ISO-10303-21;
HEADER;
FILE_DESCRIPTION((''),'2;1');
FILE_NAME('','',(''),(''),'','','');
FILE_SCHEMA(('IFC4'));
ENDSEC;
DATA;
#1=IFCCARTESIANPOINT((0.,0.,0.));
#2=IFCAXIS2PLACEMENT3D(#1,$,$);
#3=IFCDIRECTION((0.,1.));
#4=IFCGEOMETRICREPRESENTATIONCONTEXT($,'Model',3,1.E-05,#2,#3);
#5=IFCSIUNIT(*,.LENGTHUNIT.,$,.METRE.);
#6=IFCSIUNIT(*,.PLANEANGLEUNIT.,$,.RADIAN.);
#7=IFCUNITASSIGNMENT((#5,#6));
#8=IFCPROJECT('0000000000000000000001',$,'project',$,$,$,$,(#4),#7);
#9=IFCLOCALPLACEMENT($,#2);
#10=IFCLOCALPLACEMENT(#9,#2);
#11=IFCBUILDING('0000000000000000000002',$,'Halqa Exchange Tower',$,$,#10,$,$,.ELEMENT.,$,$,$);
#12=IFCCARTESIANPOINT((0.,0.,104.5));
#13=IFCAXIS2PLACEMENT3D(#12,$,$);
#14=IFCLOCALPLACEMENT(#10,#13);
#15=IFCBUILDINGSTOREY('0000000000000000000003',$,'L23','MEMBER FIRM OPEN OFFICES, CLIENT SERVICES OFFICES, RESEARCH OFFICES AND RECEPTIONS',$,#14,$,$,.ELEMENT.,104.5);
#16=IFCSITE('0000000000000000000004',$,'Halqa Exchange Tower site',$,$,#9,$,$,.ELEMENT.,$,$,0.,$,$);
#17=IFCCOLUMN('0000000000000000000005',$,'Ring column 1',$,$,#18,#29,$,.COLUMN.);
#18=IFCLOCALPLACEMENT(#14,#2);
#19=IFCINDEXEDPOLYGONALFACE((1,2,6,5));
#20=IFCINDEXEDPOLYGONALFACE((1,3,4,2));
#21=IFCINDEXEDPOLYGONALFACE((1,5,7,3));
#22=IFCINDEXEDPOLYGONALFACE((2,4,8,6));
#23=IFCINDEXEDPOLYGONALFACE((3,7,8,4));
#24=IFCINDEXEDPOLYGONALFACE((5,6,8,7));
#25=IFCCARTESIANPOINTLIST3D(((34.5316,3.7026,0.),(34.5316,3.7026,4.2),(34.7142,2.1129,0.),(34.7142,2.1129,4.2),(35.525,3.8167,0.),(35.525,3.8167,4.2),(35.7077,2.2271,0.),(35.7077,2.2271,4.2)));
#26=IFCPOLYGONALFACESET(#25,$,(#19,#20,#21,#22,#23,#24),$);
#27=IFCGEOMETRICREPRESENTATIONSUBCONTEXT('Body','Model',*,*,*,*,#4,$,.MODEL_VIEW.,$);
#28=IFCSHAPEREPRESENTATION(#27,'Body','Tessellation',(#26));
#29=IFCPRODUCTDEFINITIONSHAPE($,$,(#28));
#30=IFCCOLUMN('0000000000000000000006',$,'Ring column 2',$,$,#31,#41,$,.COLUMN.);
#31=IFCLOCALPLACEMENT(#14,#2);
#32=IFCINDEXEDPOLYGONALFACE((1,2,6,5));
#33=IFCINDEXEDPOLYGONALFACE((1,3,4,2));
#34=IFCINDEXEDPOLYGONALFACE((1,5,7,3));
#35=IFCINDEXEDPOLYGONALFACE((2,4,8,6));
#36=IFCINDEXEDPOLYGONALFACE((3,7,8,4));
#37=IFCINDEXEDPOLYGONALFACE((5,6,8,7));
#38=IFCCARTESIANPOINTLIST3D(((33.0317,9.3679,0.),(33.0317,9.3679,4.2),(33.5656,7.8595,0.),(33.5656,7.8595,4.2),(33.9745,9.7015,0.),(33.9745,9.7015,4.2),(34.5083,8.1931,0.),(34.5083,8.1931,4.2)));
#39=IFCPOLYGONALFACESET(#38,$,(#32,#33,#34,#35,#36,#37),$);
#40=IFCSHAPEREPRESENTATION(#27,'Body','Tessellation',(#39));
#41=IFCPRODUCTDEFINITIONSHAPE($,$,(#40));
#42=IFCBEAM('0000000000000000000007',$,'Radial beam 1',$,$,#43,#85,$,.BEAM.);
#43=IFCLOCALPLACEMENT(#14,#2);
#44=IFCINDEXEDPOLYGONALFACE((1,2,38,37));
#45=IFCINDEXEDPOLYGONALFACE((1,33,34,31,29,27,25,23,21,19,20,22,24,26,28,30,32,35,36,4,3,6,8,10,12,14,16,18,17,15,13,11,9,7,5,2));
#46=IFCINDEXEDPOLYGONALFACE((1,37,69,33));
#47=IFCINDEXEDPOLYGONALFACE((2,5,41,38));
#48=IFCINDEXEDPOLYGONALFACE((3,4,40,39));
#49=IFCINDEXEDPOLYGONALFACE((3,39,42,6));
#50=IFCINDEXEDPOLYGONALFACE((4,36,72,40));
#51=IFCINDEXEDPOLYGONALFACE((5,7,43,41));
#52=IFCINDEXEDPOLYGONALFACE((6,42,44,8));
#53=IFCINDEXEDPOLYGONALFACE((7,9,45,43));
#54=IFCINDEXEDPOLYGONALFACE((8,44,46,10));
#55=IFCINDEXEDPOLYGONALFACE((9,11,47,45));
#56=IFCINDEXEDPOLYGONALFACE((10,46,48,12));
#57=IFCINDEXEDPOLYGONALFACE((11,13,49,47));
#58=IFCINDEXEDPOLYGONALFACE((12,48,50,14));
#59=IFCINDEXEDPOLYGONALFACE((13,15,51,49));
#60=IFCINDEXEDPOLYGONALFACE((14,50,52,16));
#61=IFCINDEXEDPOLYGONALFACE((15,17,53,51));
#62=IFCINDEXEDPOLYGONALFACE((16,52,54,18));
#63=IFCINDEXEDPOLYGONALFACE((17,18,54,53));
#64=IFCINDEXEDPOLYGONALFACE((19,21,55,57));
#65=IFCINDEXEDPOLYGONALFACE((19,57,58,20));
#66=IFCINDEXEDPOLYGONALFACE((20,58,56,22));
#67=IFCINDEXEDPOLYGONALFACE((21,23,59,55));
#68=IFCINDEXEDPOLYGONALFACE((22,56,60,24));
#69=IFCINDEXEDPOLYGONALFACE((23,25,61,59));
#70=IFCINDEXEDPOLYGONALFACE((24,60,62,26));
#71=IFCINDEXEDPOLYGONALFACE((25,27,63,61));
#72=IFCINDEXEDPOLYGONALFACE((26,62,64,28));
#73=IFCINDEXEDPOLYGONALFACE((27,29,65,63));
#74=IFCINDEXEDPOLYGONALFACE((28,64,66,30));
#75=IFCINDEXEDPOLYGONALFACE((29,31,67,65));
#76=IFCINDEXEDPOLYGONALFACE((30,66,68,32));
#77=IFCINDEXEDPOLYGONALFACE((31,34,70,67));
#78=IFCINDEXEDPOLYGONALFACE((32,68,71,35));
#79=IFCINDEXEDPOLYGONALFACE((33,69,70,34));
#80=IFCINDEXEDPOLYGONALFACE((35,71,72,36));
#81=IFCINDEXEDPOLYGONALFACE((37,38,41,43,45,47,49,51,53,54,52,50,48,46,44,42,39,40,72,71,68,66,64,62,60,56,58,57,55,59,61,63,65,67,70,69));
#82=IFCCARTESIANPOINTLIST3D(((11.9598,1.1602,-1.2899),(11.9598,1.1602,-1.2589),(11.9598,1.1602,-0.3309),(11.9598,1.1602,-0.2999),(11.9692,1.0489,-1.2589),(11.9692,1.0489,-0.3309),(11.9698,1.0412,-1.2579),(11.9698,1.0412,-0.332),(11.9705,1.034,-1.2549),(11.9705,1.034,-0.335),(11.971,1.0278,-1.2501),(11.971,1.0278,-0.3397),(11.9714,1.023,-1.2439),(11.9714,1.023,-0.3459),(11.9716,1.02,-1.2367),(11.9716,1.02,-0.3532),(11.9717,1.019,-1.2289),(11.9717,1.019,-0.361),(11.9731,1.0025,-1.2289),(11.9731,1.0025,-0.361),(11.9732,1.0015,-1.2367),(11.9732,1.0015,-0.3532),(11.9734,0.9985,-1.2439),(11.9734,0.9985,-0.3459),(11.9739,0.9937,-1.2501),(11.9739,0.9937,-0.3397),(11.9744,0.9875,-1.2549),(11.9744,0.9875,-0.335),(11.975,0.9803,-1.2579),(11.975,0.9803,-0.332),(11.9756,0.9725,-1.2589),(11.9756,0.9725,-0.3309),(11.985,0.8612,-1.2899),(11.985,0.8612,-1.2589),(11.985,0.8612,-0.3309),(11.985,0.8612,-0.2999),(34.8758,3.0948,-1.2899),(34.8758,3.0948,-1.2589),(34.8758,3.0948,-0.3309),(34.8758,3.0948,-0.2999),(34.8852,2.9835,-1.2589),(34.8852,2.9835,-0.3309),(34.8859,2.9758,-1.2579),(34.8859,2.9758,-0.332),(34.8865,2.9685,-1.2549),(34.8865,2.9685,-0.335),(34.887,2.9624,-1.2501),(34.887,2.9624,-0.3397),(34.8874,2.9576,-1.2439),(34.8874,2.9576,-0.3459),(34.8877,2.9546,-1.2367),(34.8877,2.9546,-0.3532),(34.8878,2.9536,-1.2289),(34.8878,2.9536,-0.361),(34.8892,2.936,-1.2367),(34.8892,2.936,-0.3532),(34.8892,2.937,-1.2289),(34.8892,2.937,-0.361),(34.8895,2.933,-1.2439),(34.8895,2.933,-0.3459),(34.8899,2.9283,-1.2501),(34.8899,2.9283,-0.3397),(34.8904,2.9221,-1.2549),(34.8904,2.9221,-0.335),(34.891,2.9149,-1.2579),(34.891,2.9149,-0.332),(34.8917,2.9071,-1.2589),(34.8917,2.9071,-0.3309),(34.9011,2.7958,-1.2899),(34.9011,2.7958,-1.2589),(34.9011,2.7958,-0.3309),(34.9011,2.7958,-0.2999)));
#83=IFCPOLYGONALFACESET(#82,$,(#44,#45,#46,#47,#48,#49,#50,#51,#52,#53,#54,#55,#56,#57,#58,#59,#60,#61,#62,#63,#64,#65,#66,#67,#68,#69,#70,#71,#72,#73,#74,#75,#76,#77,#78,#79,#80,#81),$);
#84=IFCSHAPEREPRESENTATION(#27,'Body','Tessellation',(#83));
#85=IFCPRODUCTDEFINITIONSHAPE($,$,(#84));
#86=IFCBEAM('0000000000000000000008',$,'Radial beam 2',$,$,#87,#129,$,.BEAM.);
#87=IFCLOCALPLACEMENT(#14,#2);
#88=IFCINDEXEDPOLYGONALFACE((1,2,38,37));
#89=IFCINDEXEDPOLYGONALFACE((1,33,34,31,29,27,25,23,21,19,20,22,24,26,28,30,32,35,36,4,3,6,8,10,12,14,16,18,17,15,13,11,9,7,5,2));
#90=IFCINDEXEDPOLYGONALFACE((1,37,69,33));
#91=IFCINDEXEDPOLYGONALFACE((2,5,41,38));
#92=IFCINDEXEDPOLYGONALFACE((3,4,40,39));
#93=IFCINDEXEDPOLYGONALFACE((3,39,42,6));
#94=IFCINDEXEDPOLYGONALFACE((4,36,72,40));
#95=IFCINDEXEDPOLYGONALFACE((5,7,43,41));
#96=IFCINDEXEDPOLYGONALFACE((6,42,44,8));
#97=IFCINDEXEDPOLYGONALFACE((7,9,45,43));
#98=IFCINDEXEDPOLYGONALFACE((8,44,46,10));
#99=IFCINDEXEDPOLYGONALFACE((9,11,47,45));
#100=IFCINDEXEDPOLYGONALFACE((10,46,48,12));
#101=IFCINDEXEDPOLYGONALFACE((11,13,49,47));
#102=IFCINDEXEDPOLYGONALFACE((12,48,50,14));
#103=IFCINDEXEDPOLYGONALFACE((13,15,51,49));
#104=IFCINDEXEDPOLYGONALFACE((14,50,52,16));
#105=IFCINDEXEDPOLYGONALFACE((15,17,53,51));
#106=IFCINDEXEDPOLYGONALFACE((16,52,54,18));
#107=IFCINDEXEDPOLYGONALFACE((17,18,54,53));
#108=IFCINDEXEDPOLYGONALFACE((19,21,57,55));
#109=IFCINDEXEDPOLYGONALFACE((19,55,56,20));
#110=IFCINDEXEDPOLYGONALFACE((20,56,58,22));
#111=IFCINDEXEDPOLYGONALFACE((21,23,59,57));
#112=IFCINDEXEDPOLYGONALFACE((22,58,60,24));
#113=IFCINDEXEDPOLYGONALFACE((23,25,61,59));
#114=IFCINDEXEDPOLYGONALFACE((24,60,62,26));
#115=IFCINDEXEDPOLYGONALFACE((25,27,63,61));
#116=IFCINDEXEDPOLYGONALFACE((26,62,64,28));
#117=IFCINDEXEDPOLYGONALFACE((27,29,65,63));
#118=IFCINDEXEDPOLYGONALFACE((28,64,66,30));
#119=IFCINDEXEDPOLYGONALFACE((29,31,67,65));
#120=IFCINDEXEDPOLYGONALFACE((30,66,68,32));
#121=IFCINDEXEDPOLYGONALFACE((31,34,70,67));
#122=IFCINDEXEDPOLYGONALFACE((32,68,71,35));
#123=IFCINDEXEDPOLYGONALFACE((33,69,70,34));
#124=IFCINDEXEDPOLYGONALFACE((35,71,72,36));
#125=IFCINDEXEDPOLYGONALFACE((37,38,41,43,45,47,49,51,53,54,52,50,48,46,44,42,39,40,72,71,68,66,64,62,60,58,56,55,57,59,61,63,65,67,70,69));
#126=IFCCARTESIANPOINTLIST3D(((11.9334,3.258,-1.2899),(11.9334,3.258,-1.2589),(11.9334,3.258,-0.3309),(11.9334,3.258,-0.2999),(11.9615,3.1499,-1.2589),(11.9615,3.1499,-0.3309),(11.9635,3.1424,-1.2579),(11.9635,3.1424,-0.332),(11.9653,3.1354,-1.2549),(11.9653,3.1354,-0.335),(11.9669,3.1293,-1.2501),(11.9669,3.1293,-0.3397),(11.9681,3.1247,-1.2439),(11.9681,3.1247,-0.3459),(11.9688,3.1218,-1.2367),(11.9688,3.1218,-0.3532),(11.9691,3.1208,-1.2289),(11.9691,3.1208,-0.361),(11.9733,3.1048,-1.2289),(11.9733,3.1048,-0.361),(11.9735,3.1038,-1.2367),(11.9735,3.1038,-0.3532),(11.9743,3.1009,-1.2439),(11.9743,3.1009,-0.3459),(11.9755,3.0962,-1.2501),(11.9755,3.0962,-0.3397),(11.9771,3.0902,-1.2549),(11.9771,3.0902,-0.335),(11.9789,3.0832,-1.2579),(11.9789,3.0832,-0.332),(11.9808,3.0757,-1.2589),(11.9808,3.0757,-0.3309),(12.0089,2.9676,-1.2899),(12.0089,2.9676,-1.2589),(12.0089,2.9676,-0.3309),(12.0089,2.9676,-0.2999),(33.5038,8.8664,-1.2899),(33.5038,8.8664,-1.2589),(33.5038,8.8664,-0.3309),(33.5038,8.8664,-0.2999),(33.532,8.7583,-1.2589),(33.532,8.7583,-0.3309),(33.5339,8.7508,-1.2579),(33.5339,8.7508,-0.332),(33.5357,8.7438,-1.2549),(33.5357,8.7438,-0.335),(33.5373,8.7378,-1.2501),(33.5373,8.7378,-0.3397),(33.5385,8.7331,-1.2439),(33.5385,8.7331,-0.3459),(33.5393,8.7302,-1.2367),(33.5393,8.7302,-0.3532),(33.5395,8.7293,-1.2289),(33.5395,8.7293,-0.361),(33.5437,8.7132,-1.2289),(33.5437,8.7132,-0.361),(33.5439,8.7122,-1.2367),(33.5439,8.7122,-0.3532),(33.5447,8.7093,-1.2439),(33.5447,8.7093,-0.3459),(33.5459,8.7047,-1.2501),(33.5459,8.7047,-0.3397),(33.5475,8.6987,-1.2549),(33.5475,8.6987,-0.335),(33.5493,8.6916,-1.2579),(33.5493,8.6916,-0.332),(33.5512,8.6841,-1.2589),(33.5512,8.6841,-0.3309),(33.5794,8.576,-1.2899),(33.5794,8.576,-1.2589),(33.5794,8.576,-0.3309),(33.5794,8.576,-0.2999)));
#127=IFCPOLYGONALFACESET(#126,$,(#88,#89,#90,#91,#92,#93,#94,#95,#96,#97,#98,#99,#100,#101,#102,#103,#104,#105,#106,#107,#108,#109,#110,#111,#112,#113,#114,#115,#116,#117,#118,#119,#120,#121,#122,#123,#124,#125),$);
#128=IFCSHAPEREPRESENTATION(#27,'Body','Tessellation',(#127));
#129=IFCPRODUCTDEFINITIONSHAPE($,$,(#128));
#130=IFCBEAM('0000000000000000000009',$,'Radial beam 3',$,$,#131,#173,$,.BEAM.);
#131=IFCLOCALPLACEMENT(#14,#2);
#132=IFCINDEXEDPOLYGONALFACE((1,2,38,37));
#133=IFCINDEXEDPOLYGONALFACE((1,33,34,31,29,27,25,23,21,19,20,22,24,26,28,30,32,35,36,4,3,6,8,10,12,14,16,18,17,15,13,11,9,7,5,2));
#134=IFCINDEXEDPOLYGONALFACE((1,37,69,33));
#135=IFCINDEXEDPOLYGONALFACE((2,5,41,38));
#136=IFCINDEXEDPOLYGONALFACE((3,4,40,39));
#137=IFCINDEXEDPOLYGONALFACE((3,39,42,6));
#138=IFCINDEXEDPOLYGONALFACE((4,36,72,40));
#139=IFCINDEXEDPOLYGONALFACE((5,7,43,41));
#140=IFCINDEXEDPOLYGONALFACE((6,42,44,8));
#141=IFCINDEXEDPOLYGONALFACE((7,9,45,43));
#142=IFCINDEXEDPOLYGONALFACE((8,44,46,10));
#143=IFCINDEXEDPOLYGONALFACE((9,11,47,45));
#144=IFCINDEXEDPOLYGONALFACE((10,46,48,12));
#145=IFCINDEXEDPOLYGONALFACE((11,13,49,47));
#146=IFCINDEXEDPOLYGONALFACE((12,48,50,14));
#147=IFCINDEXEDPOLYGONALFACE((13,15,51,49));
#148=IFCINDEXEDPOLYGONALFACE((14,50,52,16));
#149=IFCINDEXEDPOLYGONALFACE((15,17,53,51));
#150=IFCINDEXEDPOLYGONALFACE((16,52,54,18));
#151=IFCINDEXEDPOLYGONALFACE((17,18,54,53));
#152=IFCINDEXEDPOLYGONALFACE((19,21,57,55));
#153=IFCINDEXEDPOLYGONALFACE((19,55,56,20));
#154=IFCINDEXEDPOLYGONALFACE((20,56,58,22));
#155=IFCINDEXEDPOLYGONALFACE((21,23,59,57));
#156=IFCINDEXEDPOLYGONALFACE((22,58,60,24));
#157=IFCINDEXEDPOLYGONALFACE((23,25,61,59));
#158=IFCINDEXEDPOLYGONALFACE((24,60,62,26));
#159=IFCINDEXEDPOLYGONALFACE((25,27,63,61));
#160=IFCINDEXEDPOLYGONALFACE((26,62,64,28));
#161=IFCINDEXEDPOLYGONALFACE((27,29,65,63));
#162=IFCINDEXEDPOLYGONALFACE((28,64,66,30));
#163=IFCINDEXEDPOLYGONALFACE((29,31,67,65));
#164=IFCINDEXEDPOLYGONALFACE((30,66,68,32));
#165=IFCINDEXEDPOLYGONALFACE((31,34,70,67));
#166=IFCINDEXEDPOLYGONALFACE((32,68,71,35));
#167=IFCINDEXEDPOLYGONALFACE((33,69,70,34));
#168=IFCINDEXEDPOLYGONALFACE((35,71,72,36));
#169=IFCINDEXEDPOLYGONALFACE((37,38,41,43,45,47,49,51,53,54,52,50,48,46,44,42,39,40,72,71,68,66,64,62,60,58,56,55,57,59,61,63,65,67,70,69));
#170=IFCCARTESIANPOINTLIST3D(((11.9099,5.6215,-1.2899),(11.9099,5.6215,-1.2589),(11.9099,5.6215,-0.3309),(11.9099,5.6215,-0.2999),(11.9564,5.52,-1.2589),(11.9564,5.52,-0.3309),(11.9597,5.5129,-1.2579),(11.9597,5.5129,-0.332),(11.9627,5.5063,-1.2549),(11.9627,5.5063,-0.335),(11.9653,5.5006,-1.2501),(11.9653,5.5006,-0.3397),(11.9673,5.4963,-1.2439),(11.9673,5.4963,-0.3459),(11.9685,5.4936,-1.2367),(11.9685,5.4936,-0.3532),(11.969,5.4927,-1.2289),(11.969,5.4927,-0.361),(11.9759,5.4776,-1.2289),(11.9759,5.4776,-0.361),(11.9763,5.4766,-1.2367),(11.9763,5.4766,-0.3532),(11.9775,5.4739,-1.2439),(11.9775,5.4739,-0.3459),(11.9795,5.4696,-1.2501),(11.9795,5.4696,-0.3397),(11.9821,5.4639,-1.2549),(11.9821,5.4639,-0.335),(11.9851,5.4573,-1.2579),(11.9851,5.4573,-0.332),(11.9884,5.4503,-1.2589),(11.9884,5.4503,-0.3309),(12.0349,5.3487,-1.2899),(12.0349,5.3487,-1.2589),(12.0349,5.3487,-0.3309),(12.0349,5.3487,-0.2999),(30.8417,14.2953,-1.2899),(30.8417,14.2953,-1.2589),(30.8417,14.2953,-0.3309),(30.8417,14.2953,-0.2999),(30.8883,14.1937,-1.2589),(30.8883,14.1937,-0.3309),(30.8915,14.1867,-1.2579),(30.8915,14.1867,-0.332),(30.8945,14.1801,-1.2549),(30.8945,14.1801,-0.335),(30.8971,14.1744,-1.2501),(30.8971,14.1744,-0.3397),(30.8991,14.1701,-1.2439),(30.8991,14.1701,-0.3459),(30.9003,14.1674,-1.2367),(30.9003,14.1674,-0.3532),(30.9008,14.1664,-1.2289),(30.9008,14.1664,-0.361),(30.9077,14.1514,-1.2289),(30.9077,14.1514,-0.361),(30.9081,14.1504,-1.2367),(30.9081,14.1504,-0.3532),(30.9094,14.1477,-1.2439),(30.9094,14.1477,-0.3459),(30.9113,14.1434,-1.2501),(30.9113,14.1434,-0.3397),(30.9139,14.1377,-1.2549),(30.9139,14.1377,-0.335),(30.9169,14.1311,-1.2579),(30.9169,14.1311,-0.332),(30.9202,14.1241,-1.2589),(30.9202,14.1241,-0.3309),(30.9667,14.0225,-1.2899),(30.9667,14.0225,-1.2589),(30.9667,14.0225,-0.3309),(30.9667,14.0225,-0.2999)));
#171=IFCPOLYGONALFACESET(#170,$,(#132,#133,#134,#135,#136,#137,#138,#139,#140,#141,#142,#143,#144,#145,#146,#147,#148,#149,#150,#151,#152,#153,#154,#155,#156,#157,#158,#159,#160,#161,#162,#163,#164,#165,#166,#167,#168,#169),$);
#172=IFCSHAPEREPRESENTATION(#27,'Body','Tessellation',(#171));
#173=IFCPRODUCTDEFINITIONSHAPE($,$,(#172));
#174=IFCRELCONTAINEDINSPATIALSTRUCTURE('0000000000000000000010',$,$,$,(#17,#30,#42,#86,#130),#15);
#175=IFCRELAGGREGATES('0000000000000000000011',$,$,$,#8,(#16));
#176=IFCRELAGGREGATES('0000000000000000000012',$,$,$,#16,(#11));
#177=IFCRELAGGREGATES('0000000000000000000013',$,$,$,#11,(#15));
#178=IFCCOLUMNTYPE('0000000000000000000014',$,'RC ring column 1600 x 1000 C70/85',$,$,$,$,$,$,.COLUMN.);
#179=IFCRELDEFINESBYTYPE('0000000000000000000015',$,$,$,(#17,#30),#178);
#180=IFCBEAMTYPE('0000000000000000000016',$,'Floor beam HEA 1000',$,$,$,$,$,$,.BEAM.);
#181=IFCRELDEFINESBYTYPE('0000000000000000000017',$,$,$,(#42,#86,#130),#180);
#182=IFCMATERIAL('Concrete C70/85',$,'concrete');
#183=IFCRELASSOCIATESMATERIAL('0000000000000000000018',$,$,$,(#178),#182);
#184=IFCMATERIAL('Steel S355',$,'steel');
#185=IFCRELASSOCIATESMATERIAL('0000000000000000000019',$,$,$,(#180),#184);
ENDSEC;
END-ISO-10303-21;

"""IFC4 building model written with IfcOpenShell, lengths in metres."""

from ifc_helpers import new_model, si_unit, direction, frame, origin, origin_2d, place, context, subcontext, project, spatial, rectangle, i_section, extrude, material, material_profile, profile_set, type_object, element, save


model = new_model("IFC4")

# Units and contexts
model_context = context("Model", 3, precision=1e-05, world=origin(), true_north=direction((0.0, 1.0)))
body_context = subcontext(model_context, "Body", "Model", "MODEL_VIEW")
ifc_project = project(units=[si_unit("LENGTHUNIT", "METRE"), si_unit("PLANEANGLEUNIT", "RADIAN")], contexts=[model_context])

# Site, building, storey
site_placement = place(None, origin())
site = spatial("IfcSite", under=ifc_project, at=site_placement, Name="Halqa Exchange Tower site", CompositionType="ELEMENT", RefElevation=0.0)
building_placement = place(site_placement, origin())
building = spatial("IfcBuilding", under=site, at=building_placement, Name="Halqa Exchange Tower", CompositionType="ELEMENT")
storey_placement = place(building_placement, frame((0.0, 0.0, 104.5)))
storey = spatial("IfcBuildingStorey", under=building, at=storey_placement, Name="L23", Description="MEMBER FIRM OPEN OFFICES, CLIENT SERVICES OFFICES, RESEARCH OFFICES AND RECEPTIONS", CompositionType="ELEMENT", Elevation=104.5)

# Columns
ifc_material_1 = material(Name="Concrete C70/85", Category="concrete")
ifc_material_profile_1 = material_profile(ifc_material_1, rectangle(XDim=1.6001, YDim=1.0, at=origin_2d()), Name="1600 x 1000")
ifc_profile_set_1 = profile_set([ifc_material_profile_1], Name="Concrete C70/85")
column_type = type_object("IfcColumnType", Name="RC ring column 1600 x 1000 C70/85", PredefinedType="COLUMN", material=ifc_profile_set_1)
for number, where, z_axis, x_axis, name in (
    (1, (35.1196, 2.9648, 0.0), (0.0, 0.0, 1.0), (-0.114162, 0.993462, 0.0), "Ring column 1"),
    (2, (33.77, 8.7805, 0.0), (0.0, 0.0, 1.0), (-0.333626, 0.942706, 0.0), "Ring column 2"),
):
    element("IfcColumn", number, at=place(storey_placement, frame(where, z_axis=z_axis, x_axis=x_axis)), inside=storey, type_object=column_type, Name=name, PredefinedType="COLUMN", context=body_context, shape_type="SweptSolid", body=[
        extrude(rectangle(XDim=1.6001, YDim=1.0, at=origin_2d()), origin(), (0.0, 0.0, 1.0), 4.2),
    ])

# Beams
ifc_material_2 = material(Name="Steel S355", Category="steel")
ifc_material_profile_2 = material_profile(ifc_material_2, i_section(OverallWidth=0.3, OverallDepth=0.99, WebThickness=0.0166, FlangeThickness=0.031, FilletRadius=0.03, at=origin_2d()), Name="HEA 1000")
ifc_profile_set_2 = profile_set([ifc_material_profile_2], Name="Steel S355")
beam_type_1 = type_object("IfcBeamType", Name="Floor beam HEA 1000", PredefinedType="BEAM", material=ifc_profile_set_2)
beam_1_placement = place(storey_placement, frame((11.9724, 1.0107, -0.7949), z_axis=(0.996456, 0.084121, 0.0), x_axis=(-0.084121, 0.996456, 0.0)))
element("IfcBeam", 3, at=beam_1_placement, inside=storey, type_object=beam_type_1, Name="Radial beam 1", PredefinedType="BEAM", context=body_context, shape_type="SweptSolid", body=[
    extrude(i_section(OverallWidth=0.3, OverallDepth=0.99, WebThickness=0.0166, FlangeThickness=0.031, FilletRadius=0.03, at=origin_2d()), origin(), (0.0, 0.0, 1.0), 22.9976),
])
beam_2_placement = place(storey_placement, frame((11.9712, 3.1128, -0.7949), z_axis=(0.967821, 0.251639, 0.0), x_axis=(-0.251639, 0.967821, 0.0)))
element("IfcBeam", 4, at=beam_2_placement, inside=storey, type_object=beam_type_1, Name="Radial beam 2", PredefinedType="BEAM", context=body_context, shape_type="SweptSolid", body=[
    extrude(i_section(OverallWidth=0.3, OverallDepth=0.99, WebThickness=0.0166, FlangeThickness=0.031, FilletRadius=0.03, at=origin_2d()), origin(), (0.0, 0.0, 1.0), 22.2876),
])
beam_3_placement = place(storey_placement, frame((11.9724, 5.4851, -0.7949), z_axis=(0.909125, 0.416524, 0.0), x_axis=(-0.416524, 0.909125, 0.0)))
element("IfcBeam", 5, at=beam_3_placement, inside=storey, type_object=beam_type_1, Name="Radial beam 3", PredefinedType="BEAM", context=body_context, shape_type="SweptSolid", body=[
    extrude(i_section(OverallWidth=0.3, OverallDepth=0.99, WebThickness=0.0166, FlangeThickness=0.031, FilletRadius=0.03, at=origin_2d()), origin(), (0.0, 0.0, 1.0), 20.8242),
])

save(model, "model.ifc")
